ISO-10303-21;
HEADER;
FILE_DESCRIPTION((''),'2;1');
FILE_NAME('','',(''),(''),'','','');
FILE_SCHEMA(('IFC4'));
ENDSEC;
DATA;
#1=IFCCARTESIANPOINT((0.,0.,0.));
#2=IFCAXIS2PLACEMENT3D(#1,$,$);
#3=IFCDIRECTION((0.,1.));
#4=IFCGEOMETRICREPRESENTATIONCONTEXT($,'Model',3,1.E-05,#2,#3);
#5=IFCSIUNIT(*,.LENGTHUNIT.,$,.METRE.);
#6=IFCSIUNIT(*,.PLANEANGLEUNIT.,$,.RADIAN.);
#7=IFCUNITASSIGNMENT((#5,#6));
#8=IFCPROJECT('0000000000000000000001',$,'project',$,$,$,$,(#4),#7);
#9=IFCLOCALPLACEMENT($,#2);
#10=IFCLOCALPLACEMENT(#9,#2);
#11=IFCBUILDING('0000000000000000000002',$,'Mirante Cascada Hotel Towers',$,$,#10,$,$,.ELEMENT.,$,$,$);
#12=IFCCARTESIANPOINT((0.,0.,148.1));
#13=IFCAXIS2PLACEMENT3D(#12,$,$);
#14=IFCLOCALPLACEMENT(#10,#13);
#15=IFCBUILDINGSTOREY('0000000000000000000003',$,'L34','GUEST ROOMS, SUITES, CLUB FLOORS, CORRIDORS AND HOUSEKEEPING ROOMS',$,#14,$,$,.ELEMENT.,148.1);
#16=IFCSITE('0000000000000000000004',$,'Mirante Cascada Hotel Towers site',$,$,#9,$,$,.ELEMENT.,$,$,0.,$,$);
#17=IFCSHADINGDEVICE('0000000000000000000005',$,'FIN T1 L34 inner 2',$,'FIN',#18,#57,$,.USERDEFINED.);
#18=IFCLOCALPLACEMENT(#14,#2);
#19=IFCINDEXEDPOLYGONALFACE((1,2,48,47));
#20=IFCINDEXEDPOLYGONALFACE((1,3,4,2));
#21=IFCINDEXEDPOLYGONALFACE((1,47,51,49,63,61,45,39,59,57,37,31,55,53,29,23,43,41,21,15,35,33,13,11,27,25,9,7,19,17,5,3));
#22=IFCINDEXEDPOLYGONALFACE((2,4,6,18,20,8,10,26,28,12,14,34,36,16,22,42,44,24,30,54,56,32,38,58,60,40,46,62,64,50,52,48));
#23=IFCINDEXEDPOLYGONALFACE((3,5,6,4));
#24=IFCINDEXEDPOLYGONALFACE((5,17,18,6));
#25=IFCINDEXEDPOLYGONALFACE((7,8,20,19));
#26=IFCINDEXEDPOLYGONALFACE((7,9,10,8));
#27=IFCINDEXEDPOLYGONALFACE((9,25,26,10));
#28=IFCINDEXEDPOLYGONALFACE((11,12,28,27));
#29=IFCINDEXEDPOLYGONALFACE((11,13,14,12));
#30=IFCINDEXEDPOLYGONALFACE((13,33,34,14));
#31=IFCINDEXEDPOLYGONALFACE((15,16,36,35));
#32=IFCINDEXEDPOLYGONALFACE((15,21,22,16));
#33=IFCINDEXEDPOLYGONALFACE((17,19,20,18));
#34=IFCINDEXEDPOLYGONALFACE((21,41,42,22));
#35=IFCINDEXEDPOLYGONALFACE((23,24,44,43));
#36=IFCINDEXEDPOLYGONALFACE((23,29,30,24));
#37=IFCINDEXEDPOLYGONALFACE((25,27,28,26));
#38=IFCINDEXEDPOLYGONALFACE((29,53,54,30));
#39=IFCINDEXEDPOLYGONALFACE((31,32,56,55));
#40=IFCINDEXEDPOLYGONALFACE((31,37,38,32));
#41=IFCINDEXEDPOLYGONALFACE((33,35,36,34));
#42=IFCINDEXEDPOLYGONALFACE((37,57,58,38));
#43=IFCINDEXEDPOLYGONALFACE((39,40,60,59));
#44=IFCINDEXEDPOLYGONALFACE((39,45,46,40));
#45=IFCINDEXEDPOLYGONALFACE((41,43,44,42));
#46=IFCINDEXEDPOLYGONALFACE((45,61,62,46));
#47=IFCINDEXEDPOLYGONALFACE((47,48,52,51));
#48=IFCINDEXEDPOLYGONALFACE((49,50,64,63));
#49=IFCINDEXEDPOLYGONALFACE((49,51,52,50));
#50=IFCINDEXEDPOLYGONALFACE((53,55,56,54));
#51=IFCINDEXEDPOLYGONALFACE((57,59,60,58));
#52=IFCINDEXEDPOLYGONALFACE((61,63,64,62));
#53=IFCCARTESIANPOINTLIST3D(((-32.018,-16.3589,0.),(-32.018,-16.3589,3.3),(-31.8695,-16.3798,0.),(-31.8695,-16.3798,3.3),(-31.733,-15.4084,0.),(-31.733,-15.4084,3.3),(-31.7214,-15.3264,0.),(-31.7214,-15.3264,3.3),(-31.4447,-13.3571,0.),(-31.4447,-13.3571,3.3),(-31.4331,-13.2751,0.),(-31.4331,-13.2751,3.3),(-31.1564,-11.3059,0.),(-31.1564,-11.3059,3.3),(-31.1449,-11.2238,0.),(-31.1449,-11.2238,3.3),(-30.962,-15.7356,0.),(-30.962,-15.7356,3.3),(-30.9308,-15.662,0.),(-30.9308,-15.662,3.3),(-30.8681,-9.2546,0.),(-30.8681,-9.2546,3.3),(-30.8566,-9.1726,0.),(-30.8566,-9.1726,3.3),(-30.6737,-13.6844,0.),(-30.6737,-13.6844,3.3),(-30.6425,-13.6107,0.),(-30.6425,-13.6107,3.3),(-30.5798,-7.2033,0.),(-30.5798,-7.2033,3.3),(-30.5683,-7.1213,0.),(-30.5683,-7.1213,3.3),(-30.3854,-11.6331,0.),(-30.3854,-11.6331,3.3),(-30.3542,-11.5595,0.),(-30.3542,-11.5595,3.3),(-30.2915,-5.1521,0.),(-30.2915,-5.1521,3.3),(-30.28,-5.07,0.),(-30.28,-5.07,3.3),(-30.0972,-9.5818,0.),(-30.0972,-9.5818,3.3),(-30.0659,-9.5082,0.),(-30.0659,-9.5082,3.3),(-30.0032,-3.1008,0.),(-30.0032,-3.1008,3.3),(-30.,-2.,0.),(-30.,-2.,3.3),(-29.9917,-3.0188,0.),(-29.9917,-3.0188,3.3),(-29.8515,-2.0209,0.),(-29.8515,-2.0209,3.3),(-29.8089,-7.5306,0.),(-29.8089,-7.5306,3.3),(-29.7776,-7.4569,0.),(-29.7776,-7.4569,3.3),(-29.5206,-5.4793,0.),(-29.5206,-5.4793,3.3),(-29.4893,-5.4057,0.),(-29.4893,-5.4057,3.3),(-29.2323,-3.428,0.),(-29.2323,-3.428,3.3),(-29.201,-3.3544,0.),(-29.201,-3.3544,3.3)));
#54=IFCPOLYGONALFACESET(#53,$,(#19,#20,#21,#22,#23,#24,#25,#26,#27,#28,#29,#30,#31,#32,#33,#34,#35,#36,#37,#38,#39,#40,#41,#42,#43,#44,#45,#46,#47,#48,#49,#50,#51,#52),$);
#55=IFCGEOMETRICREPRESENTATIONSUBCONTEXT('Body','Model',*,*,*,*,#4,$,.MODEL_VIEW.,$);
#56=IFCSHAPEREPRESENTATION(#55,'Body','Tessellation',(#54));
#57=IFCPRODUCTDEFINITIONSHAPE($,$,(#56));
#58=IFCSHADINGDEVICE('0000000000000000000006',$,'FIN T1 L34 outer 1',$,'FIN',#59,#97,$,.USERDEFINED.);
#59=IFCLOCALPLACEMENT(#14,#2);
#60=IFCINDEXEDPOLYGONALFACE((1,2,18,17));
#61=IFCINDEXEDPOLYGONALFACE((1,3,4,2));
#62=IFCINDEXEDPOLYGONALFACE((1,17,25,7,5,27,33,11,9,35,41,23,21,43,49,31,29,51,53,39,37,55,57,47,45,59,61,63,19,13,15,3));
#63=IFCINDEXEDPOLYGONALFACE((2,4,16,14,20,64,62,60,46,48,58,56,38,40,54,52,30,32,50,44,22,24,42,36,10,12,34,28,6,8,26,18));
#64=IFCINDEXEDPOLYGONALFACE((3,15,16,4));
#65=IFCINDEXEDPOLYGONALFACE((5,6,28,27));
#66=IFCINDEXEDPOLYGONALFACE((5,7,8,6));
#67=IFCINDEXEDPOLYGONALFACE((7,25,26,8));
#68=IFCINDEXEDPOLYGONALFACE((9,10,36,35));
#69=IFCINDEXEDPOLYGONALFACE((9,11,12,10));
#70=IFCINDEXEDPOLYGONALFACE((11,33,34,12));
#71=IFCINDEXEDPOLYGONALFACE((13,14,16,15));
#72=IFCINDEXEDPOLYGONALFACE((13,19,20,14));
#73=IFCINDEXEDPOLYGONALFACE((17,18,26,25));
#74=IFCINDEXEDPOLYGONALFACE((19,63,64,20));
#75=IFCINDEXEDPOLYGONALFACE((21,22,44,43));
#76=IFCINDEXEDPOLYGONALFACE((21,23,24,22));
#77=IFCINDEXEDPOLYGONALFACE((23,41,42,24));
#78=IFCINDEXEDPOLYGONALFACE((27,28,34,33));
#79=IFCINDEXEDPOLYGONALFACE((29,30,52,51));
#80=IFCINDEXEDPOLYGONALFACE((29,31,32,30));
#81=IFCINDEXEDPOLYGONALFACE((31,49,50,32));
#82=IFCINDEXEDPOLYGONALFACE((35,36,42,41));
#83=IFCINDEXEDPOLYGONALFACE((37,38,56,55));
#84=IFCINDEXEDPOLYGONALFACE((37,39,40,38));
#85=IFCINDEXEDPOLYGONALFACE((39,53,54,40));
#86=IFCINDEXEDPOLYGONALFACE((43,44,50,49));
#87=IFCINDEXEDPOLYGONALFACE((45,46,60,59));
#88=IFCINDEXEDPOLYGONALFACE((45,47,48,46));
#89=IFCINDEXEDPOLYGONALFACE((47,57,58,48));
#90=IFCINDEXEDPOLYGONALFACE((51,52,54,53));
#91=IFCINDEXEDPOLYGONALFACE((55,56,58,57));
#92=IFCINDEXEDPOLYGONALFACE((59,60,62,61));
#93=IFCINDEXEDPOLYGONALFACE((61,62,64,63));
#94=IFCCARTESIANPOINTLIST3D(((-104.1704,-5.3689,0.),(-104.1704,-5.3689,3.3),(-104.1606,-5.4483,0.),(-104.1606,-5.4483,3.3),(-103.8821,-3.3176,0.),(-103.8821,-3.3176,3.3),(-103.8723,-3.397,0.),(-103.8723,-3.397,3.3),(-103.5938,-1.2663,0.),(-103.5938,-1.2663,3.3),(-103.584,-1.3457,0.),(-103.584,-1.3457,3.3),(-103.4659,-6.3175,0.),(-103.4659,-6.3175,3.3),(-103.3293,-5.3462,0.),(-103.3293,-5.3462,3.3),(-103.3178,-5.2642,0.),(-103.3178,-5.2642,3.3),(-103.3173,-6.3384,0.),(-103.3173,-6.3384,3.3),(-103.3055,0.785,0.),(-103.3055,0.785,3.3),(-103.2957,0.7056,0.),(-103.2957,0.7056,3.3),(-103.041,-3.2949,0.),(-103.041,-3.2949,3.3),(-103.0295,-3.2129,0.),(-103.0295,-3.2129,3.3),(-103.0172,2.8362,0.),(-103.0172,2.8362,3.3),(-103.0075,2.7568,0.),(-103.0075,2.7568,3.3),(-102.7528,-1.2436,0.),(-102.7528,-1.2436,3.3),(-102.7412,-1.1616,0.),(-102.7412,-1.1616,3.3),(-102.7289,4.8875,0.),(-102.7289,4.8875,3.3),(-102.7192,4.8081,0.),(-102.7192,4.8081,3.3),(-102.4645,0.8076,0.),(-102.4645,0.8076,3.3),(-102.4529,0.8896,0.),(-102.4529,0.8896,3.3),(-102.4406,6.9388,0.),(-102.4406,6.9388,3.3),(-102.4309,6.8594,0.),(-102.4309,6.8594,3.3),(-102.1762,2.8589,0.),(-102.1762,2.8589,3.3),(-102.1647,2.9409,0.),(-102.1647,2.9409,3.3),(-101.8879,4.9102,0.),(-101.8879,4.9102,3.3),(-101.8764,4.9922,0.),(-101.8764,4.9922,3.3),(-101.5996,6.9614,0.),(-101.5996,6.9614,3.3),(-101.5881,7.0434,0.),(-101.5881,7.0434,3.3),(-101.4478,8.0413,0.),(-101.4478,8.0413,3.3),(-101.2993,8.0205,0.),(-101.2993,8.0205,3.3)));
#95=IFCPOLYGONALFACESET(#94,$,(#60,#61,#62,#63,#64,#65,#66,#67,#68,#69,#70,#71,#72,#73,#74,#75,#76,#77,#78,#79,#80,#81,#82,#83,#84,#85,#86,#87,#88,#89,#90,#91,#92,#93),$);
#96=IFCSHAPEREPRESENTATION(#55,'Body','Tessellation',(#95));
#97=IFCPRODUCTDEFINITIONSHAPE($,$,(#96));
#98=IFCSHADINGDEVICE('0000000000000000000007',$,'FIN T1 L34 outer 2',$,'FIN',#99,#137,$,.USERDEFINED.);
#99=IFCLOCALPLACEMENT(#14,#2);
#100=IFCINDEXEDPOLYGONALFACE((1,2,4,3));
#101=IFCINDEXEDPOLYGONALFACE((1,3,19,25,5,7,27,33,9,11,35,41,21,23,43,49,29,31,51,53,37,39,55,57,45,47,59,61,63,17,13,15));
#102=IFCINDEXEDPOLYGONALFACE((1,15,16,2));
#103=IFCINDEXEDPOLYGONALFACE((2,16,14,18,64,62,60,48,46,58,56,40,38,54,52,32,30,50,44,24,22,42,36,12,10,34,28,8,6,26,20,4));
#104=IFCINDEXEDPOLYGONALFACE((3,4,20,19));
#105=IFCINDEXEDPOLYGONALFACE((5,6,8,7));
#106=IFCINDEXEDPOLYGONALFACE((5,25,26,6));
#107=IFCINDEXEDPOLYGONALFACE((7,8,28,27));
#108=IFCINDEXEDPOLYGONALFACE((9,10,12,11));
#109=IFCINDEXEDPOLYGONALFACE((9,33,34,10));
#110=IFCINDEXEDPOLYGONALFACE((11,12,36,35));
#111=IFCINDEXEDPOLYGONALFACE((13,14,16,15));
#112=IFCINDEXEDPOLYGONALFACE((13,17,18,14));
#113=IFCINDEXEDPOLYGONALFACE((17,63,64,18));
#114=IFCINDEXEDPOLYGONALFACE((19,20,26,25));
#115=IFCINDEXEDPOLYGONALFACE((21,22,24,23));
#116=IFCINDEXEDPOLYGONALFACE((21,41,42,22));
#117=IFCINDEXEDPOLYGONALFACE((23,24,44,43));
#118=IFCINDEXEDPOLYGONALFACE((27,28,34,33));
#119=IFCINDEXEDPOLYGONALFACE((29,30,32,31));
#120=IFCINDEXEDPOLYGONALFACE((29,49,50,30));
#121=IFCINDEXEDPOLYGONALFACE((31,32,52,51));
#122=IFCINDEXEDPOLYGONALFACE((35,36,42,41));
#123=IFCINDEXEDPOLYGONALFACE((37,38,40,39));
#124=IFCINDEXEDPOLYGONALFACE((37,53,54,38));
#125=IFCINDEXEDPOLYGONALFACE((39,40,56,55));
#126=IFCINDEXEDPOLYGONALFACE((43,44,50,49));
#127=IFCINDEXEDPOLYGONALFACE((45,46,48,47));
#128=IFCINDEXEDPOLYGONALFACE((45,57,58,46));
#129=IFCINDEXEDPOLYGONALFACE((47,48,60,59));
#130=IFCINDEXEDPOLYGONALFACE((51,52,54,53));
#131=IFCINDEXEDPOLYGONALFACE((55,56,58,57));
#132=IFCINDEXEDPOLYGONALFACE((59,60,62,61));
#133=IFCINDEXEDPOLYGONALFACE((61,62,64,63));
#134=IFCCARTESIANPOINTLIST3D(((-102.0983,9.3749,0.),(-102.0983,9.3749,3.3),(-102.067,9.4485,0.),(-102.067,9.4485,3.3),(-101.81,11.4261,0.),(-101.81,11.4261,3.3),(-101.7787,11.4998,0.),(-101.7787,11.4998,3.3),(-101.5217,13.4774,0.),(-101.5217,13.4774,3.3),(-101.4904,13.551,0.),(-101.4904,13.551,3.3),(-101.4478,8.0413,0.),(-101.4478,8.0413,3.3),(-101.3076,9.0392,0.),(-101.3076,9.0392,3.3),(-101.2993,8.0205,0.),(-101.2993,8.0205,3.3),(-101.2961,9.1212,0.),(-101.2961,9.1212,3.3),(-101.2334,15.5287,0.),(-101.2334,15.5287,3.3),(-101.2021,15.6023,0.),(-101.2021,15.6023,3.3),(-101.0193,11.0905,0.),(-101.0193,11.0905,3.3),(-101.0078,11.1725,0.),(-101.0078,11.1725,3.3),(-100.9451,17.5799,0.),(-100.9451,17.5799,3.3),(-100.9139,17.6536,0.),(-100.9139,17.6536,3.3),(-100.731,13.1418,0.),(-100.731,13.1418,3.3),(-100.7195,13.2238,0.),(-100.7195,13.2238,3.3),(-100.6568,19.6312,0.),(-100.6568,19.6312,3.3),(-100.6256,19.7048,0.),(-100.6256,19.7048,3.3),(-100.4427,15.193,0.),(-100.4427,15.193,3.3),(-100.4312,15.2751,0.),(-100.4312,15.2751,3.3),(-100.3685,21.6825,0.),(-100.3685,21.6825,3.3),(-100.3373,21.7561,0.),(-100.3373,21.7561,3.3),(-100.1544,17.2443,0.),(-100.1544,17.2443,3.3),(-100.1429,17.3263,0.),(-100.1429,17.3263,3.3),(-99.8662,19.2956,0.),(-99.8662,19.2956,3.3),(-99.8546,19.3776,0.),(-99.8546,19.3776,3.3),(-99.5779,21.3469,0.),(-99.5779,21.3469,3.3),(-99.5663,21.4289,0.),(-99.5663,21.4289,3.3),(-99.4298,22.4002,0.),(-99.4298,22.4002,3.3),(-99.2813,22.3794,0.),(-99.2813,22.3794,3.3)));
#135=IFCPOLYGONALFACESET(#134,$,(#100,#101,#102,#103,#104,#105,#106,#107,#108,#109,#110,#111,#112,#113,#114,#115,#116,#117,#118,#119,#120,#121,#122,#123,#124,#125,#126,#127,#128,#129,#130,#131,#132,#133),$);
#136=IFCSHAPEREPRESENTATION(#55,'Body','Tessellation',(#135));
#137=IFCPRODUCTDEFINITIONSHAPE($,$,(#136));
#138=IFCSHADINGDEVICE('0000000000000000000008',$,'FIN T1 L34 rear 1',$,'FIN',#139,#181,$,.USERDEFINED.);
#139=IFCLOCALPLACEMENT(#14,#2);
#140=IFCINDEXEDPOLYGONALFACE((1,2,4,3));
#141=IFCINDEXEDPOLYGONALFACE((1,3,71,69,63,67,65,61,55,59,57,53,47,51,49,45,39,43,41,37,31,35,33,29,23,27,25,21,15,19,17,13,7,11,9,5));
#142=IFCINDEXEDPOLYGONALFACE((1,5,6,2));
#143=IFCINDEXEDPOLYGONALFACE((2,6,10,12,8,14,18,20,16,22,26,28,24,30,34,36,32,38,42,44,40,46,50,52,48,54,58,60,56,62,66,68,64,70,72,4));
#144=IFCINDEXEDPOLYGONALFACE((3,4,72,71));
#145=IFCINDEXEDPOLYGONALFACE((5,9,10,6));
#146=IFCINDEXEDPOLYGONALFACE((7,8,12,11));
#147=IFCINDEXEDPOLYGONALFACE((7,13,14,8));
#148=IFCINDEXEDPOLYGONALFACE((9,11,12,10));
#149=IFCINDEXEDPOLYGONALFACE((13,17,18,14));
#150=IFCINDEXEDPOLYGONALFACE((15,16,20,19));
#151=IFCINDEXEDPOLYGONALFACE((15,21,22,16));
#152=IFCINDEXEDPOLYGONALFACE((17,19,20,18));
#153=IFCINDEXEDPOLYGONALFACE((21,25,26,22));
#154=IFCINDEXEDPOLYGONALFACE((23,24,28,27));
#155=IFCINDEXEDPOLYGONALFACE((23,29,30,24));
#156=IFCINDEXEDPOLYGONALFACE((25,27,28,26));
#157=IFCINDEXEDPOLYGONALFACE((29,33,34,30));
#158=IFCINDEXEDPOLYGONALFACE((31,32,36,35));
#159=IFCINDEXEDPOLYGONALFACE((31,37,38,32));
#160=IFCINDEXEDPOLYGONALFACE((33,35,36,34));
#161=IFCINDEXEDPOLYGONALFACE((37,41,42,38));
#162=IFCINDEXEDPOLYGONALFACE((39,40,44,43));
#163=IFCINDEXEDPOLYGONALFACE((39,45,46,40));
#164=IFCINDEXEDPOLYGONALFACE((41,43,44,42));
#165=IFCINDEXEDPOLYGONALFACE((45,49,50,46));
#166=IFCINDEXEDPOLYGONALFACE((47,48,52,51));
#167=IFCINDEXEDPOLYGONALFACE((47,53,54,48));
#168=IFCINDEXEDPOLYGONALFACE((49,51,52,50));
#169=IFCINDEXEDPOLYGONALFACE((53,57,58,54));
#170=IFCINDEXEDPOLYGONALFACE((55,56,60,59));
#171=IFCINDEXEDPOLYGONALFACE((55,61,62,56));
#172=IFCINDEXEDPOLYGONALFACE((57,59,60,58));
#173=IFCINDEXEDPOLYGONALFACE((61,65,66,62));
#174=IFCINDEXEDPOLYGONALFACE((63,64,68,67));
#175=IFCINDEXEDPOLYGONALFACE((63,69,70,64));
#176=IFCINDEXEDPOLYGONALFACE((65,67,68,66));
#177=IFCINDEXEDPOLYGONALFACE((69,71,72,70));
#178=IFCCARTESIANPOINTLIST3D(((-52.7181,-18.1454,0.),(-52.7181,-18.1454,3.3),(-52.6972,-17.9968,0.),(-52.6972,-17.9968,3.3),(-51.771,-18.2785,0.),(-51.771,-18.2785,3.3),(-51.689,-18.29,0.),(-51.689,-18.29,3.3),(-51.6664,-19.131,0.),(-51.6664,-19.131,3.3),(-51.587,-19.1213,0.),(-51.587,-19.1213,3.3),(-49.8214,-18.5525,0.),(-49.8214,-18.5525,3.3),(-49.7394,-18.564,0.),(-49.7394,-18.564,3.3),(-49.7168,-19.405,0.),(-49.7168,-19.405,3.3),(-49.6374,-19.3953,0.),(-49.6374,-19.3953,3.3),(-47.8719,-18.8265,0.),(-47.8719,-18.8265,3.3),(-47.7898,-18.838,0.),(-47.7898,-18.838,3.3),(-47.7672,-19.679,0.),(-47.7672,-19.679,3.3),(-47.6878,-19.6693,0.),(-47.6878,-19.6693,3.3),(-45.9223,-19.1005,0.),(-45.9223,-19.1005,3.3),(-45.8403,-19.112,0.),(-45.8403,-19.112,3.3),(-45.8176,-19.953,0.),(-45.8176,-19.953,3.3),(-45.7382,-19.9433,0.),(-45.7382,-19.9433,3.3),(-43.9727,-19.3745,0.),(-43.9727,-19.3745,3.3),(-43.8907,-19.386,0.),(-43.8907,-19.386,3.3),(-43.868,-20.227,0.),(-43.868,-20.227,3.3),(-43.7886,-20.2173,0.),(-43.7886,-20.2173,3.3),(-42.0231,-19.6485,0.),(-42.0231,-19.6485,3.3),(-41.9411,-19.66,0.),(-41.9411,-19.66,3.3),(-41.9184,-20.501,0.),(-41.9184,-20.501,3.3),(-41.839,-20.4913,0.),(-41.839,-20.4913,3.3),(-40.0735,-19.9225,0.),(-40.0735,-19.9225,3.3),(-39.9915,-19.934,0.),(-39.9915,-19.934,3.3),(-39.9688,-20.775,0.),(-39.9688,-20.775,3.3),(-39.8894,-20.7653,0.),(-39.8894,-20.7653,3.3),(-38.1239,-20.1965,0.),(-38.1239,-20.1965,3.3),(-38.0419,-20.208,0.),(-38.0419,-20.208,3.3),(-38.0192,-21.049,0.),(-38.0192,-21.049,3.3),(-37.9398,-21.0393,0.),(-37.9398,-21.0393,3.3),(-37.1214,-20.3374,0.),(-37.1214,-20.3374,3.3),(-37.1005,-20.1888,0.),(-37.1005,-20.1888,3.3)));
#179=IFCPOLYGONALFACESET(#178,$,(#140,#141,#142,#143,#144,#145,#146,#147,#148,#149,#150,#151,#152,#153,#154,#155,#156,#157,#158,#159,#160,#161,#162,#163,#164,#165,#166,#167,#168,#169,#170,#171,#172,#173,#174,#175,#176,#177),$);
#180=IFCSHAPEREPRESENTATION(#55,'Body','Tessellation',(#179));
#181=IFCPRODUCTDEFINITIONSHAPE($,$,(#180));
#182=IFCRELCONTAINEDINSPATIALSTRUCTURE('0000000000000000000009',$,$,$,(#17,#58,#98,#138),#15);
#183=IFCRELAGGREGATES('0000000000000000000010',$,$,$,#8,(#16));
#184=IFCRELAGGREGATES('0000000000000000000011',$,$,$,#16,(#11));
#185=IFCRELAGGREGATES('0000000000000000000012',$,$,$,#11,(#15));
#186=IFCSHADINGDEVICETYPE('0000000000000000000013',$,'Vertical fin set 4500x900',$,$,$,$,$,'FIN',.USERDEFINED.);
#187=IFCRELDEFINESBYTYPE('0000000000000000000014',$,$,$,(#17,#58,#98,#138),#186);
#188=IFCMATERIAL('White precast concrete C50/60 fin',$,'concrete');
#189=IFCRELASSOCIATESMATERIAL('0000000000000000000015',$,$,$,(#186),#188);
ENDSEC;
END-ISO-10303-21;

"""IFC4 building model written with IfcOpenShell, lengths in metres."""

from ifc_helpers import new_model, si_unit, direction, frame, origin, place, context, subcontext, project, spatial, polyline, outline, extrude, material, type_object, element, save


model = new_model("IFC4")

# Units and contexts
model_context = context("Model", 3, precision=1e-05, world=origin(), true_north=direction((0.0, 1.0)))
body_context = subcontext(model_context, "Body", "Model", "MODEL_VIEW")
ifc_project = project(units=[si_unit("LENGTHUNIT", "METRE"), si_unit("PLANEANGLEUNIT", "RADIAN")], contexts=[model_context])

# Site, building, storey
site_placement = place(None, origin())
site = spatial("IfcSite", under=ifc_project, at=site_placement, Name="Mirante Cascada Hotel Towers site", CompositionType="ELEMENT", RefElevation=0.0)
building_placement = place(site_placement, origin())
building = spatial("IfcBuilding", under=site, at=building_placement, Name="Mirante Cascada Hotel Towers", CompositionType="ELEMENT")
storey_placement = place(building_placement, frame((0.0, 0.0, 148.1)))
storey = spatial("IfcBuildingStorey", under=building, at=storey_placement, Name="L34", Description="GUEST ROOMS, SUITES, CLUB FLOORS, CORRIDORS AND HOUSEKEEPING ROOMS", CompositionType="ELEMENT", Elevation=148.1)

# Shading devices
ifc_material_1 = material(Name="White precast concrete C50/60 fin", Category="concrete")
shading_device_type = type_object("IfcShadingDeviceType", Name="Vertical fin set 4500x900", ElementType="FIN", PredefinedType="USERDEFINED", material=ifc_material_1)
shading_device_1_placement = place(storey_placement, origin())
element("IfcShadingDevice", 1, at=shading_device_1_placement, inside=storey, type_object=shading_device_type, Name="FIN T1 L34 inner 2", ObjectType="FIN", PredefinedType="USERDEFINED", context=body_context, shape_type="SweptSolid", body=[
    extrude(outline(polyline([(-31.733, -15.4084), (-31.8695, -16.3798), (-32.018, -16.3589), (-30.0, -2.0), (-29.8515, -2.0209), (-29.9917, -3.0188), (-29.201, -3.3544), (-29.2323, -3.428), (-30.0032, -3.1008), (-30.28, -5.07), (-29.4893, -5.4057), (-29.5206, -5.4793), (-30.2915, -5.1521), (-30.5683, -7.1213), (-29.7776, -7.4569), (-29.8089, -7.5306), (-30.5798, -7.2033), (-30.8566, -9.1726), (-30.0659, -9.5082), (-30.0972, -9.5818), (-30.8681, -9.2546), (-31.1449, -11.2238), (-30.3542, -11.5595), (-30.3854, -11.6331), (-31.1564, -11.3059), (-31.4331, -13.2751), (-30.6425, -13.6107), (-30.6737, -13.6844), (-31.4447, -13.3571), (-31.7214, -15.3264), (-30.9308, -15.662), (-30.962, -15.7356), (-31.733, -15.4084)])), origin(), (0.0, 0.0, 1.0), 3.3),
])
shading_device_2_placement = place(storey_placement, origin())
element("IfcShadingDevice", 2, at=shading_device_2_placement, inside=storey, type_object=shading_device_type, Name="FIN T1 L34 outer 1", ObjectType="FIN", PredefinedType="USERDEFINED", context=body_context, shape_type="SweptSolid", body=[
    extrude(outline(polyline([(-103.3178, -5.2642), (-103.041, -3.2949), (-103.8723, -3.397), (-103.8821, -3.3176), (-103.0295, -3.2129), (-102.7528, -1.2436), (-103.584, -1.3457), (-103.5938, -1.2663), (-102.7412, -1.1616), (-102.4645, 0.8076), (-103.2957, 0.7056), (-103.3055, 0.785), (-102.4529, 0.8896), (-102.1762, 2.8589), (-103.0075, 2.7568), (-103.0172, 2.8362), (-102.1647, 2.9409), (-101.8879, 4.9102), (-102.7192, 4.8081), (-102.7289, 4.8875), (-101.8764, 4.9922), (-101.5996, 6.9614), (-102.4309, 6.8594), (-102.4406, 6.9388), (-101.5881, 7.0434), (-101.4478, 8.0413), (-101.2993, 8.0205), (-103.3173, -6.3384), (-103.4659, -6.3175), (-103.3293, -5.3462), (-104.1606, -5.4483), (-104.1704, -5.3689), (-103.3178, -5.2642)])), origin(), (0.0, 0.0, 1.0), 3.3),
])
shading_device_3_placement = place(storey_placement, origin())
element("IfcShadingDevice", 3, at=shading_device_3_placement, inside=storey, type_object=shading_device_type, Name="FIN T1 L34 outer 2", ObjectType="FIN", PredefinedType="USERDEFINED", context=body_context, shape_type="SweptSolid", body=[
    extrude(outline(polyline([(-101.2961, 9.1212), (-101.0193, 11.0905), (-101.81, 11.4261), (-101.7787, 11.4998), (-101.0078, 11.1725), (-100.731, 13.1418), (-101.5217, 13.4774), (-101.4904, 13.551), (-100.7195, 13.2238), (-100.4427, 15.193), (-101.2334, 15.5287), (-101.2021, 15.6023), (-100.4312, 15.2751), (-100.1544, 17.2443), (-100.9451, 17.5799), (-100.9139, 17.6536), (-100.1429, 17.3263), (-99.8662, 19.2956), (-100.6568, 19.6312), (-100.6256, 19.7048), (-99.8546, 19.3776), (-99.5779, 21.3469), (-100.3685, 21.6825), (-100.3373, 21.7561), (-99.5663, 21.4289), (-99.4298, 22.4002), (-99.2813, 22.3794), (-101.2993, 8.0205), (-101.4478, 8.0413), (-101.3076, 9.0392), (-102.0983, 9.3749), (-102.067, 9.4485), (-101.2961, 9.1212)])), origin(), (0.0, 0.0, 1.0), 3.3),
])
shading_device_4_placement = place(storey_placement, origin())
element("IfcShadingDevice", 4, at=shading_device_4_placement, inside=storey, type_object=shading_device_type, Name="FIN T1 L34 rear 1", ObjectType="FIN", PredefinedType="USERDEFINED", context=body_context, shape_type="SweptSolid", body=[
    extrude(outline(polyline([(-38.1239, -20.1965), (-39.9915, -19.934), (-39.8894, -20.7653), (-39.9688, -20.775), (-40.0735, -19.9225), (-41.9411, -19.66), (-41.839, -20.4913), (-41.9184, -20.501), (-42.0231, -19.6485), (-43.8907, -19.386), (-43.7886, -20.2173), (-43.868, -20.227), (-43.9727, -19.3745), (-45.8403, -19.112), (-45.7382, -19.9433), (-45.8176, -19.953), (-45.9223, -19.1005), (-47.7898, -18.838), (-47.6878, -19.6693), (-47.7672, -19.679), (-47.8719, -18.8265), (-49.7394, -18.564), (-49.6374, -19.3953), (-49.7168, -19.405), (-49.8214, -18.5525), (-51.689, -18.29), (-51.587, -19.1213), (-51.6664, -19.131), (-51.771, -18.2785), (-52.7181, -18.1454), (-52.6972, -17.9968), (-37.1005, -20.1888), (-37.1214, -20.3374), (-38.0419, -20.208), (-37.9398, -21.0393), (-38.0192, -21.049), (-38.1239, -20.1965)])), origin(), (0.0, 0.0, 1.0), 3.3),
])

save(model, "model.ifc")
